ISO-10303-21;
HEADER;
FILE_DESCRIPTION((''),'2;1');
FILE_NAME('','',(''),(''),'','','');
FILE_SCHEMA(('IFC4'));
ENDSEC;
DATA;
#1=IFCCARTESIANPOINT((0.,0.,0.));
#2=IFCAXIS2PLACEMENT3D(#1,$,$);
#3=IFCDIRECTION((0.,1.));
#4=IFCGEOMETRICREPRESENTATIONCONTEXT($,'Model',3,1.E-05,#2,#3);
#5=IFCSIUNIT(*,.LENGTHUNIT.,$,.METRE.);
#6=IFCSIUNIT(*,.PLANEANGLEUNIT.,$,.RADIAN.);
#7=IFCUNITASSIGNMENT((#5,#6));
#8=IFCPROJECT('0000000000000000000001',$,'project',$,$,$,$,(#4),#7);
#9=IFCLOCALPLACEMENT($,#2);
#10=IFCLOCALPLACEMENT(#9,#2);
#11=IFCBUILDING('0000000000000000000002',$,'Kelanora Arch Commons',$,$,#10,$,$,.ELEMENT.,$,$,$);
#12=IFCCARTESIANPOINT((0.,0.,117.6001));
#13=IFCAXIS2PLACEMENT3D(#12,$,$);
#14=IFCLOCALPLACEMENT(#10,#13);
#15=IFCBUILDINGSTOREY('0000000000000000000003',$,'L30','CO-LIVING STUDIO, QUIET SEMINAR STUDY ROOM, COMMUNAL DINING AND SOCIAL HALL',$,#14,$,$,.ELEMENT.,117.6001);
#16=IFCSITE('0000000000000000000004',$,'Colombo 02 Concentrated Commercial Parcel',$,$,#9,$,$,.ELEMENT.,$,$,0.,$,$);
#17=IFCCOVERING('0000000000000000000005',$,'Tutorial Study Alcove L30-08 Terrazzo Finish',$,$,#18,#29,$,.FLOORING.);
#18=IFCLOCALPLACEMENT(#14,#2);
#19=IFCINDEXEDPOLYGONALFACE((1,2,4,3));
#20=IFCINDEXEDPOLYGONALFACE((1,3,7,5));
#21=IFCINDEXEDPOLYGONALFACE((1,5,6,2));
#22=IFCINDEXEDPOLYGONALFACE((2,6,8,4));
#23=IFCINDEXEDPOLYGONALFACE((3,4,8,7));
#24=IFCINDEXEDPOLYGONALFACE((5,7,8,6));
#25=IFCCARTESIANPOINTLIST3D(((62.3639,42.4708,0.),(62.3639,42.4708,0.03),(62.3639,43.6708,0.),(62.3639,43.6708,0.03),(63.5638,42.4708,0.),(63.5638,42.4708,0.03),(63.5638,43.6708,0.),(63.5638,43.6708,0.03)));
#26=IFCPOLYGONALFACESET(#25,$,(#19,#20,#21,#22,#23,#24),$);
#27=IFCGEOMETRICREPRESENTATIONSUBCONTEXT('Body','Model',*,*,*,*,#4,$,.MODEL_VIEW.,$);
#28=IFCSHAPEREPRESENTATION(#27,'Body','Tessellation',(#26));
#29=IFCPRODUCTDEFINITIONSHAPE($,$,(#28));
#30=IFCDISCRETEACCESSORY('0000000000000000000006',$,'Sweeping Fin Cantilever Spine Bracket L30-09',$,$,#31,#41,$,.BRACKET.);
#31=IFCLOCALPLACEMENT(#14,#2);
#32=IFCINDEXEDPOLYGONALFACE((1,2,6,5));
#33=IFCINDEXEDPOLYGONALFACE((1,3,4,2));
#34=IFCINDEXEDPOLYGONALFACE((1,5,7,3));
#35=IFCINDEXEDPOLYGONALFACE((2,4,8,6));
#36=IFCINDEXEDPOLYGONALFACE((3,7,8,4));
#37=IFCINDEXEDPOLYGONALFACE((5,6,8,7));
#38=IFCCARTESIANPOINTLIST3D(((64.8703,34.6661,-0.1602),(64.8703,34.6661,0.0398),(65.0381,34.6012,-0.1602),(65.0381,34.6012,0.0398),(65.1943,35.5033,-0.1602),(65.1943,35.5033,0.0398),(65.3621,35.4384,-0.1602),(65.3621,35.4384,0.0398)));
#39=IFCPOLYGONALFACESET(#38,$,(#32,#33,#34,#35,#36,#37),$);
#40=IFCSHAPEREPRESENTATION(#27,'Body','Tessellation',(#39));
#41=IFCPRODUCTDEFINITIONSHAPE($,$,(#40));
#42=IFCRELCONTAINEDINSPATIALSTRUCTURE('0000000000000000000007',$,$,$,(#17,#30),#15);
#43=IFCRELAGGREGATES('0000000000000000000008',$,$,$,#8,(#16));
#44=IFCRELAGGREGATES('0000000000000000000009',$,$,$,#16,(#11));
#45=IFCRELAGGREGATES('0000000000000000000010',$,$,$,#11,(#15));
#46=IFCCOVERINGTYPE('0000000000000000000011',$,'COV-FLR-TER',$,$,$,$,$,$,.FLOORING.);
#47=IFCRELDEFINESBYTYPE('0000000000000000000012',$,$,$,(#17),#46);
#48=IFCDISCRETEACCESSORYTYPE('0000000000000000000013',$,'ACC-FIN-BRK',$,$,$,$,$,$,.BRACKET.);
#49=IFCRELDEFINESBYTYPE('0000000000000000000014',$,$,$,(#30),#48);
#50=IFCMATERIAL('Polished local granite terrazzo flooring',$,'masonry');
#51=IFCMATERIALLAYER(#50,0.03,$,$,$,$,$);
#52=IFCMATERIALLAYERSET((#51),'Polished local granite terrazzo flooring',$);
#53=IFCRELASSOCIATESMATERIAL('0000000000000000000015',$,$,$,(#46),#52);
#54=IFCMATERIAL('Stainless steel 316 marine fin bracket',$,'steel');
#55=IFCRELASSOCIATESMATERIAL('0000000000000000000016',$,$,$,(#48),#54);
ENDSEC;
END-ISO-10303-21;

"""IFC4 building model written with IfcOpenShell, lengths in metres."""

from ifc_helpers import new_model, si_unit, direction, frame, origin, origin_2d, place, context, subcontext, project, spatial, rectangle, extrude, source, transform, mapped, material, layer, layer_set, type_object, element, save


model = new_model("IFC4")

# Units and contexts
model_context = context("Model", 3, precision=1e-05, world=origin(), true_north=direction((0.0, 1.0)))
body_context = subcontext(model_context, "Body", "Model", "MODEL_VIEW")
ifc_project = project(units=[si_unit("LENGTHUNIT", "METRE"), si_unit("PLANEANGLEUNIT", "RADIAN")], contexts=[model_context])

# Site, building, storey
site_placement = place(None, origin())
site = spatial("IfcSite", under=ifc_project, at=site_placement, Name="Colombo 02 Concentrated Commercial Parcel", CompositionType="ELEMENT", RefElevation=0.0)
building_placement = place(site_placement, origin())
building = spatial("IfcBuilding", under=site, at=building_placement, Name="Kelanora Arch Commons", CompositionType="ELEMENT")
storey_placement = place(building_placement, frame((0.0, 0.0, 117.6001)))
storey = spatial("IfcBuildingStorey", under=building, at=storey_placement, Name="L30", Description="CO-LIVING STUDIO, QUIET SEMINAR STUDY ROOM, COMMUNAL DINING AND SOCIAL HALL", CompositionType="ELEMENT", Elevation=117.6001)

# Covering
ifc_material_1 = material(Name="Polished local granite terrazzo flooring", Category="masonry")
ifc_layer_1 = layer(ifc_material_1, 0.03)
ifc_layer_set_1 = layer_set([ifc_layer_1], Name="Polished local granite terrazzo flooring")
covering_type = type_object("IfcCoveringType", Name="COV-FLR-TER", PredefinedType="FLOORING", material=ifc_layer_set_1)
shared_shape_1 = source(origin(), body_context, "Body", "SweptSolid", [
    extrude(rectangle(XDim=1.2, YDim=1.2, at=origin_2d()), origin(), (0.0, 0.0, 1.0), 0.03),
])
covering_placement = place(storey_placement, frame((62.9639, 43.0708, 0.0), z_axis=(0.0, 0.0, 1.0), x_axis=(1.0, 0.0, 0.0)))
element("IfcCovering", 1, at=covering_placement, inside=storey, type_object=covering_type, Name="Tutorial Study Alcove L30-08 Terrazzo Finish", PredefinedType="FLOORING", context=body_context, shape_type="MappedRepresentation", body=[
    mapped(shared_shape_1, transform((0.0, 0.0, 0.0), scale=1.0)),
])

# Discrete accessory
ifc_material_2 = material(Name="Stainless steel 316 marine fin bracket", Category="steel")
discrete_accessory_type = type_object("IfcDiscreteAccessoryType", Name="ACC-FIN-BRK", PredefinedType="BRACKET", material=ifc_material_2)
shared_shape_2 = source(origin(), body_context, "Body", "SweptSolid", [
    extrude(rectangle(XDim=0.8977, YDim=0.1799, at=origin_2d()), origin(), (0.0, 0.0, 1.0), 0.2),
])
discrete_accessory_placement = place(storey_placement, frame((65.1162, 35.0522, -0.1602), z_axis=(0.0, 0.0, 1.0), x_axis=(-0.360974, -0.932576, 0.0)))
element("IfcDiscreteAccessory", 2, at=discrete_accessory_placement, inside=storey, type_object=discrete_accessory_type, Name="Sweeping Fin Cantilever Spine Bracket L30-09", PredefinedType="BRACKET", context=body_context, shape_type="MappedRepresentation", body=[
    mapped(shared_shape_2, transform((0.0, 0.0, 0.0), scale=1.0)),
])

save(model, "model.ifc")
